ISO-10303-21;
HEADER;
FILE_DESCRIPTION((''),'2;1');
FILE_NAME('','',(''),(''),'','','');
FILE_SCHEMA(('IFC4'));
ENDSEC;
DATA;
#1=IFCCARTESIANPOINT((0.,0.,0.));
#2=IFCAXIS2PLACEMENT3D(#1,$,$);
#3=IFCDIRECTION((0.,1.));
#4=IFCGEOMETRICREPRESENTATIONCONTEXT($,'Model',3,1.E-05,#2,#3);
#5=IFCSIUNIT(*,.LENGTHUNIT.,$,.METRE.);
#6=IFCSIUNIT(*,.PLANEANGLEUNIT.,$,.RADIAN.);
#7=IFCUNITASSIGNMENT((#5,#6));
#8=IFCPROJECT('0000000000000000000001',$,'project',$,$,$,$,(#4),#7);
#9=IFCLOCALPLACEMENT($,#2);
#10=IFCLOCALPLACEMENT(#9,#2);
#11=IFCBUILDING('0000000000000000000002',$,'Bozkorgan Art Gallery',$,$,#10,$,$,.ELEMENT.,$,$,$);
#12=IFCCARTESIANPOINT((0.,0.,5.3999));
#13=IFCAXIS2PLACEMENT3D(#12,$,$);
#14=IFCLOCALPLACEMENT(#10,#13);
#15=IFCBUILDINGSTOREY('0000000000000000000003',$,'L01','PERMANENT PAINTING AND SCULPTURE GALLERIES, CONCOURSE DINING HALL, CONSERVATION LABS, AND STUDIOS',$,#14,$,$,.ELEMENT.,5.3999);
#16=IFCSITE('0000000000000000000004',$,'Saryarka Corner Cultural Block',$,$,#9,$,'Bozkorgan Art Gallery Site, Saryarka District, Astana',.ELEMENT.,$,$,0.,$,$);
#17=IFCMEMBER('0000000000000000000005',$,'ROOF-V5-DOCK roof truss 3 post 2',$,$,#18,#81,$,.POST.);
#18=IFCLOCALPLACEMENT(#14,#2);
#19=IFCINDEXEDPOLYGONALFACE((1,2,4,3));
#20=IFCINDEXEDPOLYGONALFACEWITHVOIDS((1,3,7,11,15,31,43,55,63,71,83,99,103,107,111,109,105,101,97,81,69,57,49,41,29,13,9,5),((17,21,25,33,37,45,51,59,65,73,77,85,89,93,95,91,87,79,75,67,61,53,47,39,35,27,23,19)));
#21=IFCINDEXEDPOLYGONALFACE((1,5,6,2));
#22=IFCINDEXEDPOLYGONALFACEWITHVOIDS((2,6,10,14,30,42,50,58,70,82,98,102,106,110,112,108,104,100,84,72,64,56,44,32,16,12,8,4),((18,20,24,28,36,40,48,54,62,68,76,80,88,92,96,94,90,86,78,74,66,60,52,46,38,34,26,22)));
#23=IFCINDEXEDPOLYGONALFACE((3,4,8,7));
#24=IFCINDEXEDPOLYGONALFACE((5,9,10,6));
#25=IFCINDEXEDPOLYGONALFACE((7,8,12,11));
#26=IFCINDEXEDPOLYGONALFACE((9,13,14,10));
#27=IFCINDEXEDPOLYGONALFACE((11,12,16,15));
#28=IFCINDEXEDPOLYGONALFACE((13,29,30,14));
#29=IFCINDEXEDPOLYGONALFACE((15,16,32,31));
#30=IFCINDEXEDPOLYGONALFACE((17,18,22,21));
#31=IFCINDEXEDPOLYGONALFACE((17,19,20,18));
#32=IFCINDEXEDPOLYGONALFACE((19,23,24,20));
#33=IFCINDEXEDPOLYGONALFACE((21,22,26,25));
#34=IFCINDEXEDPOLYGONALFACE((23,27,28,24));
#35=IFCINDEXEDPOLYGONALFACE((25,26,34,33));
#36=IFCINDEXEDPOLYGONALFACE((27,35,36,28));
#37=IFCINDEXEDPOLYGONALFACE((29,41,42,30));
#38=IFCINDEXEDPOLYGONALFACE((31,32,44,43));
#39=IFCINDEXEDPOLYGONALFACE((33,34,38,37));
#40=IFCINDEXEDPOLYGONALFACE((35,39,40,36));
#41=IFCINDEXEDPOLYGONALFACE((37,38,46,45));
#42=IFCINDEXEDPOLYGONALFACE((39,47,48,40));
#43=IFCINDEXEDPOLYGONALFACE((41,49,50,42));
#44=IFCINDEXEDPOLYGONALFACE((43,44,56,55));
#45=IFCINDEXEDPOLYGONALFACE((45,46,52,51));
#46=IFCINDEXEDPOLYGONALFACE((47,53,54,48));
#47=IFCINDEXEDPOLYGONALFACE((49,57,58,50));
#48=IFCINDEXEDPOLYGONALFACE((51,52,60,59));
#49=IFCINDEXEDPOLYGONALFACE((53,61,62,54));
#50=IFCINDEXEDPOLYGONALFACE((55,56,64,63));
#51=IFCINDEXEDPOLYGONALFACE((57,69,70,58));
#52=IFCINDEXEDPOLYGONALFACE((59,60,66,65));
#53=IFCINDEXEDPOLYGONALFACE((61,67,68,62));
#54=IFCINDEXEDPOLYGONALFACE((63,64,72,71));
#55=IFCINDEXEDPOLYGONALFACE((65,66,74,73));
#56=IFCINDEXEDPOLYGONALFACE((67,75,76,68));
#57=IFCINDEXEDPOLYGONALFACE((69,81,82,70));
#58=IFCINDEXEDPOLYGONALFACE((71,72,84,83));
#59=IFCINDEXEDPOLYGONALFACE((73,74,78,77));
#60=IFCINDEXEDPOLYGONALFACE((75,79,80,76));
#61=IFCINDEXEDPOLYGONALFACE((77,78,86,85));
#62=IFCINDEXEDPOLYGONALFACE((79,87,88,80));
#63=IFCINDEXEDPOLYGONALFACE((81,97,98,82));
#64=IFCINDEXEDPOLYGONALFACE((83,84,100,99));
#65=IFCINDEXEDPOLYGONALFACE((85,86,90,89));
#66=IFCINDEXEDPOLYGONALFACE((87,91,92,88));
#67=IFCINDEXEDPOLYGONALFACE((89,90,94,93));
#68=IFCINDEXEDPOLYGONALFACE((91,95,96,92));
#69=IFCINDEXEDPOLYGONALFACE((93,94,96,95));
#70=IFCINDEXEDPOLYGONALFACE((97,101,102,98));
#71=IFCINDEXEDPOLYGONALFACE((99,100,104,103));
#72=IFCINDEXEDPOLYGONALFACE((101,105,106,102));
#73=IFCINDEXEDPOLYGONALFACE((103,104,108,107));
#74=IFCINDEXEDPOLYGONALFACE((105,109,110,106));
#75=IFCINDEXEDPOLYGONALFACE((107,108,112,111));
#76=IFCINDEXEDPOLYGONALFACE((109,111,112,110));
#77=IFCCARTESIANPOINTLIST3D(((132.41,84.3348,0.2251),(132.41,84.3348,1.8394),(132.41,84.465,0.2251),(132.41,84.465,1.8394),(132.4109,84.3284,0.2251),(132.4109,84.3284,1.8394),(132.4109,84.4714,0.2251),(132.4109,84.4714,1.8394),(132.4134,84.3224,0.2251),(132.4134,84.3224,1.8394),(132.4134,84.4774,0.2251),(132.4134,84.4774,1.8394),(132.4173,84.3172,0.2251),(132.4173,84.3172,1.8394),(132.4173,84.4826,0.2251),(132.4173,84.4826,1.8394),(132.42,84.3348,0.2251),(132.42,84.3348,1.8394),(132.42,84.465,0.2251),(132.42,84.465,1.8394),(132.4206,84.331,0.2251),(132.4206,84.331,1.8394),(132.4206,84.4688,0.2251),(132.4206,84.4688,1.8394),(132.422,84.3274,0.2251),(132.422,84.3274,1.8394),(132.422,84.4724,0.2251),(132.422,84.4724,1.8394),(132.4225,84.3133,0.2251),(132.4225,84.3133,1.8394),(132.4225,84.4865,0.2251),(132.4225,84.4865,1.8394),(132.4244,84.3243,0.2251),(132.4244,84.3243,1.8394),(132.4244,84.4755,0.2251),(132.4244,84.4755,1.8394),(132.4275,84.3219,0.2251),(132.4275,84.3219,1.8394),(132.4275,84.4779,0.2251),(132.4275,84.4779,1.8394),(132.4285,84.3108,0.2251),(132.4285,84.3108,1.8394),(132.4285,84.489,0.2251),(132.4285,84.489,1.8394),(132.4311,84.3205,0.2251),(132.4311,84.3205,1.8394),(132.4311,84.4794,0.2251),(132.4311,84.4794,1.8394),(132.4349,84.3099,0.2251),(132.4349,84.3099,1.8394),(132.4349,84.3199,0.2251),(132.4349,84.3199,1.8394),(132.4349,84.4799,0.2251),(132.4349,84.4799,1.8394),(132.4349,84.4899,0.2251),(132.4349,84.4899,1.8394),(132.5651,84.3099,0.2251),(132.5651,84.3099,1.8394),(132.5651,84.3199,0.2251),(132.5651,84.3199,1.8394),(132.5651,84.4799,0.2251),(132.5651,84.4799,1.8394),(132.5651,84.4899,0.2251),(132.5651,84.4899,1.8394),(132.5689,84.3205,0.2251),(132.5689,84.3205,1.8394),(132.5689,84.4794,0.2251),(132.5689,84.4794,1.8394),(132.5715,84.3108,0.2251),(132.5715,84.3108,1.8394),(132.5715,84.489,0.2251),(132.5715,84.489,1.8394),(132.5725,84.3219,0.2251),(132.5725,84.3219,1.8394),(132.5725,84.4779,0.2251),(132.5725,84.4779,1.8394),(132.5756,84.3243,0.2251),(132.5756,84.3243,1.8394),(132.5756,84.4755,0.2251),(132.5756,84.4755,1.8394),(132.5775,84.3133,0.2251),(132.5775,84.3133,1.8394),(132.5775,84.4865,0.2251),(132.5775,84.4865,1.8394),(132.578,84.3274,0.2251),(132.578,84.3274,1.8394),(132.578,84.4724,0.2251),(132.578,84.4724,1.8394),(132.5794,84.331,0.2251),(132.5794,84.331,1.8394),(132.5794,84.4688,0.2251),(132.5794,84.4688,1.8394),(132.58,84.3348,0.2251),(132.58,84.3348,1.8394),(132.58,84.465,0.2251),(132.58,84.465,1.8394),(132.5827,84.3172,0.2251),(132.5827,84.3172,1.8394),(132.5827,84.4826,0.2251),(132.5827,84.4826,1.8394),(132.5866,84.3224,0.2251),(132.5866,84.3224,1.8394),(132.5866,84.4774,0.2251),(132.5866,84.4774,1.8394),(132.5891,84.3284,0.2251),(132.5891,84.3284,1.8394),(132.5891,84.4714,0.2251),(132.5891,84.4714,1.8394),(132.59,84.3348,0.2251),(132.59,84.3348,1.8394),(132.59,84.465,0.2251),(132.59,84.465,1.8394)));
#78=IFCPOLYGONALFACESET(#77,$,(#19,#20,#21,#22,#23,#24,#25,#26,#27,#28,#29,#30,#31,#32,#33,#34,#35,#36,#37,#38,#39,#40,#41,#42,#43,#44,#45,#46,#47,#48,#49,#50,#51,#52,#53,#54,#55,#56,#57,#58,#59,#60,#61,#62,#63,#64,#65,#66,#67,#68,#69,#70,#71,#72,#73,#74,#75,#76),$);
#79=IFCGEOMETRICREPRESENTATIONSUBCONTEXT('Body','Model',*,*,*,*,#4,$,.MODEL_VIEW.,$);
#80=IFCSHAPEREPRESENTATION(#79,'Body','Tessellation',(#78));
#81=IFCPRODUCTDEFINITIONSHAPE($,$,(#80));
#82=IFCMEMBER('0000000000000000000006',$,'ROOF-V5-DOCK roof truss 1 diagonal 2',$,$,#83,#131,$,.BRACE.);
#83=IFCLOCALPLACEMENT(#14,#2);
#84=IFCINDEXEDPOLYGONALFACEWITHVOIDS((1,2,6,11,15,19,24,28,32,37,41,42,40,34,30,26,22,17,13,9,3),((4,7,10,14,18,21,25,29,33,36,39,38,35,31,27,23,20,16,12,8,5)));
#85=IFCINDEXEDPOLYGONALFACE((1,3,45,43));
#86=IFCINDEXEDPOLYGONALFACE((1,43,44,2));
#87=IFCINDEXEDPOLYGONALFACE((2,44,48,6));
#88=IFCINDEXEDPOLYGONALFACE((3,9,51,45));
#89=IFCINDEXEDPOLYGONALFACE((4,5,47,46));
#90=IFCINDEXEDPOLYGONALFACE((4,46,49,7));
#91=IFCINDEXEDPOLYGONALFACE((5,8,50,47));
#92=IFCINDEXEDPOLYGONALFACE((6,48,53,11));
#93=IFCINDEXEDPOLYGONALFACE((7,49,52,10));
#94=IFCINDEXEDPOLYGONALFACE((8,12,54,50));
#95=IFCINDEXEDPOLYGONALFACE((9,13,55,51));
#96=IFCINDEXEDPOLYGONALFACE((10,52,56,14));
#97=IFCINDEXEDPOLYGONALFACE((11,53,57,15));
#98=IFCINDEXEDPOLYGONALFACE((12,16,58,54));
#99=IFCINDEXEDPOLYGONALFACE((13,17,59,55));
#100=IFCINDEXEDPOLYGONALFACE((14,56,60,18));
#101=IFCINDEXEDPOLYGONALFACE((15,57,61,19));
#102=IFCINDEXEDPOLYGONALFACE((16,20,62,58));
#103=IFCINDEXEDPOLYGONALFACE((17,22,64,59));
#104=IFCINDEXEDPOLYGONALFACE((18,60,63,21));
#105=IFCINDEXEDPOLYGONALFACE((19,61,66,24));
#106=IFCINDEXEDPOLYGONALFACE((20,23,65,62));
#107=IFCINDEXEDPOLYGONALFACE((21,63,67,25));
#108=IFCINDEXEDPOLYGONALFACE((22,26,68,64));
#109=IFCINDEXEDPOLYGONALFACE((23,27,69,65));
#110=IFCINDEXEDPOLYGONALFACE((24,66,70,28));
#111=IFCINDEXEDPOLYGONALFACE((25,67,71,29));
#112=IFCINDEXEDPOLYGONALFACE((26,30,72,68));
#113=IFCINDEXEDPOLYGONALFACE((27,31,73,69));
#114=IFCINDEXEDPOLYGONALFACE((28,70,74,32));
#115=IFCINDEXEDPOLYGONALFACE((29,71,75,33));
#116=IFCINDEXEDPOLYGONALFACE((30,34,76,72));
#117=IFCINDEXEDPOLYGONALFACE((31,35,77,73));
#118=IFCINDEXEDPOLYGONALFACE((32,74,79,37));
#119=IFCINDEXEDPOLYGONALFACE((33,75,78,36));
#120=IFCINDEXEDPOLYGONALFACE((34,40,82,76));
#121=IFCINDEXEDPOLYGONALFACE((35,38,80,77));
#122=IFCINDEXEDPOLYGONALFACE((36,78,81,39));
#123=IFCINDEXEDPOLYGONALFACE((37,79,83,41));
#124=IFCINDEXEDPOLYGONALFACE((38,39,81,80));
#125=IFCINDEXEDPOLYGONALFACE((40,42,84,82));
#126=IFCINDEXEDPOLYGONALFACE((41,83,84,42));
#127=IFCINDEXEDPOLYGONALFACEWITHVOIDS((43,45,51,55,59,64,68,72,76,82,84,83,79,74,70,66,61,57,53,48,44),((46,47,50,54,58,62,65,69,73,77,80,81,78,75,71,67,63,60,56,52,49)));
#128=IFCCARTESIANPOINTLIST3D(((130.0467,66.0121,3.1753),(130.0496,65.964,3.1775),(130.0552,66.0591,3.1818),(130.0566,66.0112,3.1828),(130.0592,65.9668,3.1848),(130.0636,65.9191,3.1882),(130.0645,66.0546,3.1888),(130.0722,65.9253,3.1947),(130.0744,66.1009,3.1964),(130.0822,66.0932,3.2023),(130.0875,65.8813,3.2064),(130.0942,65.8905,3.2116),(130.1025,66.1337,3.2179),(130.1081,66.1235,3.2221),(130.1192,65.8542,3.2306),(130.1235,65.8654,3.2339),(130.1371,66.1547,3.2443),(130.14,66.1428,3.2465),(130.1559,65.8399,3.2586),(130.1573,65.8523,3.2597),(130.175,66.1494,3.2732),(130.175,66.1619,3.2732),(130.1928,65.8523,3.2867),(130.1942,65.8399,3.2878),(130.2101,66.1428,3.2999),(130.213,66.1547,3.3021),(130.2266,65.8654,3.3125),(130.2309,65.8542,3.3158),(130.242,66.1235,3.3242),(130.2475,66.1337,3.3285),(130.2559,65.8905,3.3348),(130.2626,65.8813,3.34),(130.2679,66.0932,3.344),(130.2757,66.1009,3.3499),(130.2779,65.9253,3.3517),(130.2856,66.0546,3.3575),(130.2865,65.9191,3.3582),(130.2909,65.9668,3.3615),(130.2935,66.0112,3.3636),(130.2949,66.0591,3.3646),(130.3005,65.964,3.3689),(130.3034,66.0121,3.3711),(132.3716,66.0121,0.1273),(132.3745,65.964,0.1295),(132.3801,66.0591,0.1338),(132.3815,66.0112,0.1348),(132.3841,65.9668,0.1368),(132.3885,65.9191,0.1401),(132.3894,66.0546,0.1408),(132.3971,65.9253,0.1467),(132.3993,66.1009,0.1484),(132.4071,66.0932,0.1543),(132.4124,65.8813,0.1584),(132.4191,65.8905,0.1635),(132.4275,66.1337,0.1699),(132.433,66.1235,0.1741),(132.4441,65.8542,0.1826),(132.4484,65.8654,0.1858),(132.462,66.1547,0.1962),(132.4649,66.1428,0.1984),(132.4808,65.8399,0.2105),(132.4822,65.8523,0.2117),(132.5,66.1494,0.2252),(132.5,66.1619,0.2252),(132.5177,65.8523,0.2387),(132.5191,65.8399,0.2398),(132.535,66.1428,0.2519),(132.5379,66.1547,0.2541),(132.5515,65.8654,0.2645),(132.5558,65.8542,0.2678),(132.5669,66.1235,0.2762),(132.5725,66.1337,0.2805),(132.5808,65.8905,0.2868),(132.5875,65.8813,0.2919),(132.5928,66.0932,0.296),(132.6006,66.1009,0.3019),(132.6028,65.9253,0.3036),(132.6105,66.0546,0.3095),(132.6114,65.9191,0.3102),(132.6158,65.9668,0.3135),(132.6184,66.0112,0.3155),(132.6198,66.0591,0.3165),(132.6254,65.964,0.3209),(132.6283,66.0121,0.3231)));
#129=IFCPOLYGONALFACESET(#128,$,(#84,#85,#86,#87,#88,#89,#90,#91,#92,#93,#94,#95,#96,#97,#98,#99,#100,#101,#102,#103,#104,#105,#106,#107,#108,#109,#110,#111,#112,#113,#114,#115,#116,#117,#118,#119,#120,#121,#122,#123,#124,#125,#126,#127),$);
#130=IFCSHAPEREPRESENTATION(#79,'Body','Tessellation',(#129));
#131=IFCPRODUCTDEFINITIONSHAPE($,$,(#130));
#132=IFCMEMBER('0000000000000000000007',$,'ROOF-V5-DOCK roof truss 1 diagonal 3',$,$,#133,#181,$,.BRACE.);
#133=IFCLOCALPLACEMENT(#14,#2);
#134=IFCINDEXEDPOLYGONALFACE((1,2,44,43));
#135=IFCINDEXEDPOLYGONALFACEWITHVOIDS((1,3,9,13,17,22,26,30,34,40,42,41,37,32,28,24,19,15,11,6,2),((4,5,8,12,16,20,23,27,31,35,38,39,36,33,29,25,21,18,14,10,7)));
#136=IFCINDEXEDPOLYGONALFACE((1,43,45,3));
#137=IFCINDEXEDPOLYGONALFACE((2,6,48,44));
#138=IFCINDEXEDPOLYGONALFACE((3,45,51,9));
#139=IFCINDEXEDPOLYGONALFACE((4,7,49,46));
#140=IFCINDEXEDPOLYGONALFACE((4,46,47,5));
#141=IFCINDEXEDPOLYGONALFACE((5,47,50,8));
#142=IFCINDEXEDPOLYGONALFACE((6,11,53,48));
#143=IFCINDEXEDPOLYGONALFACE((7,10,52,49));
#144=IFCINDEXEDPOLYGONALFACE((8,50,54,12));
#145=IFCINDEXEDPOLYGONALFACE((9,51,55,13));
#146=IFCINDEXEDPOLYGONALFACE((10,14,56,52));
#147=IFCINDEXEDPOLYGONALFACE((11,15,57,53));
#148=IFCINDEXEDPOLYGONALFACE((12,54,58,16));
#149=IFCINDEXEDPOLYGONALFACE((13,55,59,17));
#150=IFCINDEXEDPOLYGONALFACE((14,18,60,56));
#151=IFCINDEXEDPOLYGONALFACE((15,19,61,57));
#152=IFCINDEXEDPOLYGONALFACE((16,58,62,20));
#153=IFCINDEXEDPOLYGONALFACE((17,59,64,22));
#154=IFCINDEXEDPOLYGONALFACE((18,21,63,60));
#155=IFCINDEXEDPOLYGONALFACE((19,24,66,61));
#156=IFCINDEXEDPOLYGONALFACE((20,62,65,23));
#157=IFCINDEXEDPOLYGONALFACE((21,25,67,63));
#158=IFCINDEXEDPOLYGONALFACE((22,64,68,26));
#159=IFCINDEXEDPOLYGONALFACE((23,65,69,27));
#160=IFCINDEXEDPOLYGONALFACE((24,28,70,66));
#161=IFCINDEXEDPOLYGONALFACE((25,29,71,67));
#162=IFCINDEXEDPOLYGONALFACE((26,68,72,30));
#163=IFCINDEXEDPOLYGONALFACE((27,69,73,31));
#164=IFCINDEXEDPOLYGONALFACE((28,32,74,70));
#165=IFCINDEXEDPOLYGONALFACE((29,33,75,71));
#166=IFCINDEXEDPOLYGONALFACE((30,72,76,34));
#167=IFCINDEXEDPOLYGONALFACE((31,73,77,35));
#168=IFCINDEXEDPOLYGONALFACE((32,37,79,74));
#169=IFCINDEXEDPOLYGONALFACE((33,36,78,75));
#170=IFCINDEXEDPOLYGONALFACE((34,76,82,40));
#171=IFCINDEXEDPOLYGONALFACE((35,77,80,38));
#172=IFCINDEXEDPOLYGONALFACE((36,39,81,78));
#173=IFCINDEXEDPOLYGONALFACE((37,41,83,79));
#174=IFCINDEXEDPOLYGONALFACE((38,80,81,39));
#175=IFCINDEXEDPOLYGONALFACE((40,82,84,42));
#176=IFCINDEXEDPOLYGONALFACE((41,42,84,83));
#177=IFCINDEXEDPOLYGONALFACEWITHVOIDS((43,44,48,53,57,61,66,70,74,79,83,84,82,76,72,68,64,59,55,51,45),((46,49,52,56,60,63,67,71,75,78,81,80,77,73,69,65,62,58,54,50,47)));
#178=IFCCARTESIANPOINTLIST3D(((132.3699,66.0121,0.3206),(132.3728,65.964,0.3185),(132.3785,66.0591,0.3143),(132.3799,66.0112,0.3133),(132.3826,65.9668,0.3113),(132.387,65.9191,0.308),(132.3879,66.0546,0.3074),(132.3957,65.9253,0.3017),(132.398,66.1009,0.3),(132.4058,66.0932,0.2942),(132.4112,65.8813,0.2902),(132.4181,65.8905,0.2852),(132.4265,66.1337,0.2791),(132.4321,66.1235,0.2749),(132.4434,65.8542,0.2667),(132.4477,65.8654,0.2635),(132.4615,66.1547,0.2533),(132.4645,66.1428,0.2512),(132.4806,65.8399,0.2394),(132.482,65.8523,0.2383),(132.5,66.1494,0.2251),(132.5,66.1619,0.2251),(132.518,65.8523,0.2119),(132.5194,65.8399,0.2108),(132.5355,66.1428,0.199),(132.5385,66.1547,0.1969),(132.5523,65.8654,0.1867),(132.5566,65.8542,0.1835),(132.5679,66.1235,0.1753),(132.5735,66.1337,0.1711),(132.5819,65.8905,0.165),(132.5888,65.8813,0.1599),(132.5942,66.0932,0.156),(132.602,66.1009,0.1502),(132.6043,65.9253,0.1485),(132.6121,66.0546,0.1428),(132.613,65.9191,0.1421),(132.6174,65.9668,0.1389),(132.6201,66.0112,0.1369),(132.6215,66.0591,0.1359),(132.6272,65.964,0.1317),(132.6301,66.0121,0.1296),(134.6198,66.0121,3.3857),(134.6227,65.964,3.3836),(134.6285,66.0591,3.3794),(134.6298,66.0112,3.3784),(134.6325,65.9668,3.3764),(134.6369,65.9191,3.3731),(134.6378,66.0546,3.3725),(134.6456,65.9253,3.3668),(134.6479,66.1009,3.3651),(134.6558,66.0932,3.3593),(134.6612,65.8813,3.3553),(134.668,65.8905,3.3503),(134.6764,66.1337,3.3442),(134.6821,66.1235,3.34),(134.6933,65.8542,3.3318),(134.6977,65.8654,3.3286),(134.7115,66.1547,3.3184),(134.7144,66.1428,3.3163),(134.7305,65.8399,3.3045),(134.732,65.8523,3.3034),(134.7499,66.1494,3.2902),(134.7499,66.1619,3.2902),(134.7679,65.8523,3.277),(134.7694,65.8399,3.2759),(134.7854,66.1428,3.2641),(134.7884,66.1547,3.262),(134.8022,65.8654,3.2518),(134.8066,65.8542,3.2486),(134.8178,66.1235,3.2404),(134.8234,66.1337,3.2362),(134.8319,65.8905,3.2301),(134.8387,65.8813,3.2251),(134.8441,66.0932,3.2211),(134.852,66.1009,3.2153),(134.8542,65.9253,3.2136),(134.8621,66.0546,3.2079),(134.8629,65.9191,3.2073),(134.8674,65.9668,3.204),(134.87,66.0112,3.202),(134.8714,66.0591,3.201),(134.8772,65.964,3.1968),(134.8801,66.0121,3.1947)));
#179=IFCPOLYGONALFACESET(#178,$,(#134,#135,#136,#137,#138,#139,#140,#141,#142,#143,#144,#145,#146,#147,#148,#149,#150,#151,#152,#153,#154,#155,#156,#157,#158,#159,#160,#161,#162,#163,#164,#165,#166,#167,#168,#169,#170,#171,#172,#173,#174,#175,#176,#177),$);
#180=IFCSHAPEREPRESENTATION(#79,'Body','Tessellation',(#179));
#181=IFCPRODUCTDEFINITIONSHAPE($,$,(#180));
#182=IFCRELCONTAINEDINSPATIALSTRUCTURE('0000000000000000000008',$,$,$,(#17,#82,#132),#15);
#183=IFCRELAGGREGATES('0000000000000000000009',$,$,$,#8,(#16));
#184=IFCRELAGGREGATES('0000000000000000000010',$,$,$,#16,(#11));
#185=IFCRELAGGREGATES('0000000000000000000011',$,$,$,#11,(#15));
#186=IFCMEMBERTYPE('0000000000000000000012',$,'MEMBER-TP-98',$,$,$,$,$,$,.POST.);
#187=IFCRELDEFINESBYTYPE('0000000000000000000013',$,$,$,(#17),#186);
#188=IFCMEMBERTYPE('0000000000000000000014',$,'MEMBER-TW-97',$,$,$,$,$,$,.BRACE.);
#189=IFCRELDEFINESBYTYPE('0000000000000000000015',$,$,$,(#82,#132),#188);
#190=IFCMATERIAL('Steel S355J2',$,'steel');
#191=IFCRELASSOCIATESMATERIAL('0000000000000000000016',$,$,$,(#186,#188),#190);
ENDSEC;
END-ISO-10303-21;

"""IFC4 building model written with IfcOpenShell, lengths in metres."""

from ifc_helpers import new_model, si_unit, direction, frame, origin, origin_2d, place, context, subcontext, project, spatial, hollow_rectangle, hollow_circle, extrude, material, material_profile, profile_set, type_object, element, save


model = new_model("IFC4")

# Units and contexts
model_context = context("Model", 3, precision=1e-05, world=origin(), true_north=direction((0.0, 1.0)))
body_context = subcontext(model_context, "Body", "Model", "MODEL_VIEW")
ifc_project = project(units=[si_unit("LENGTHUNIT", "METRE"), si_unit("PLANEANGLEUNIT", "RADIAN")], contexts=[model_context])

# Site, building, storey
site_placement = place(None, origin())
site = spatial("IfcSite", under=ifc_project, at=site_placement, Name="Saryarka Corner Cultural Block", LongName="Bozkorgan Art Gallery Site, Saryarka District, Astana", CompositionType="ELEMENT", RefElevation=0.0)
building_placement = place(site_placement, origin())
building = spatial("IfcBuilding", under=site, at=building_placement, Name="Bozkorgan Art Gallery", CompositionType="ELEMENT")
storey_placement = place(building_placement, frame((0.0, 0.0, 5.3999)))
storey = spatial("IfcBuildingStorey", under=building, at=storey_placement, Name="L01", Description="PERMANENT PAINTING AND SCULPTURE GALLERIES, CONCOURSE DINING HALL, CONSERVATION LABS, AND STUDIOS", CompositionType="ELEMENT", Elevation=5.3999)

# Members
ifc_material_1 = material(Name="Steel S355J2", Category="steel")
ifc_material_profile_1 = material_profile(ifc_material_1, hollow_rectangle(XDim=0.1799, YDim=0.1799, WallThickness=0.01, InnerFilletRadius=0.0149, OuterFilletRadius=0.0249, at=origin_2d()), Name="SHS 180x180x10")
ifc_profile_set_1 = profile_set([ifc_material_profile_1], Name="Steel S355J2")
member_type_1 = type_object("IfcMemberType", Name="MEMBER-TP-98", PredefinedType="POST", material=ifc_profile_set_1)
member_1_placement = place(storey_placement, frame((132.5, 84.3999, 0.2251), z_axis=(0.0, 0.0, 1.0), x_axis=(1.0, 0.0, 0.0)))
element("IfcMember", 1, at=member_1_placement, inside=storey, type_object=member_type_1, Name="ROOF-V5-DOCK roof truss 3 post 2", PredefinedType="POST", context=body_context, shape_type="SweptSolid", body=[
    extrude(hollow_rectangle(XDim=0.1799, YDim=0.1799, WallThickness=0.01, InnerFilletRadius=0.0149, OuterFilletRadius=0.0249, at=origin_2d()), origin(), (0.0, 0.0, 1.0), 1.6143),
])
ifc_material_profile_2 = material_profile(ifc_material_1, hollow_circle(Radius=0.1619, WallThickness=0.0125, at=origin_2d()), Name="CHS 323.9x12.5")
ifc_profile_set_2 = profile_set([ifc_material_profile_2], Name="Steel S355J2")
member_type_2 = type_object("IfcMemberType", Name="MEMBER-TW-97", PredefinedType="BRACE", material=ifc_profile_set_2)
member_2_placement = place(storey_placement, frame((130.175, 66.0, 3.2732), z_axis=(0.606471, 0.0, -0.795106), x_axis=(0.0, 1.0, 0.0)))
element("IfcMember", 2, at=member_2_placement, inside=storey, type_object=member_type_2, Name="ROOF-V5-DOCK roof truss 1 diagonal 2", PredefinedType="BRACE", context=body_context, shape_type="SweptSolid", body=[
    extrude(hollow_circle(Radius=0.1619, WallThickness=0.0125, at=origin_2d()), origin(), (0.0, 0.0, 1.0), 3.8335),
])
member_3_placement = place(storey_placement, frame((132.5, 66.0, 0.2251), z_axis=(0.591739, 0.0, 0.806129), x_axis=(0.0, 1.0, 0.0)))
element("IfcMember", 3, at=member_3_placement, inside=storey, type_object=member_type_2, Name="ROOF-V5-DOCK roof truss 1 diagonal 3", PredefinedType="BRACE", context=body_context, shape_type="SweptSolid", body=[
    extrude(hollow_circle(Radius=0.1619, WallThickness=0.0125, at=origin_2d()), origin(), (0.0, 0.0, 1.0), 3.8022),
])

save(model, "model.ifc")
